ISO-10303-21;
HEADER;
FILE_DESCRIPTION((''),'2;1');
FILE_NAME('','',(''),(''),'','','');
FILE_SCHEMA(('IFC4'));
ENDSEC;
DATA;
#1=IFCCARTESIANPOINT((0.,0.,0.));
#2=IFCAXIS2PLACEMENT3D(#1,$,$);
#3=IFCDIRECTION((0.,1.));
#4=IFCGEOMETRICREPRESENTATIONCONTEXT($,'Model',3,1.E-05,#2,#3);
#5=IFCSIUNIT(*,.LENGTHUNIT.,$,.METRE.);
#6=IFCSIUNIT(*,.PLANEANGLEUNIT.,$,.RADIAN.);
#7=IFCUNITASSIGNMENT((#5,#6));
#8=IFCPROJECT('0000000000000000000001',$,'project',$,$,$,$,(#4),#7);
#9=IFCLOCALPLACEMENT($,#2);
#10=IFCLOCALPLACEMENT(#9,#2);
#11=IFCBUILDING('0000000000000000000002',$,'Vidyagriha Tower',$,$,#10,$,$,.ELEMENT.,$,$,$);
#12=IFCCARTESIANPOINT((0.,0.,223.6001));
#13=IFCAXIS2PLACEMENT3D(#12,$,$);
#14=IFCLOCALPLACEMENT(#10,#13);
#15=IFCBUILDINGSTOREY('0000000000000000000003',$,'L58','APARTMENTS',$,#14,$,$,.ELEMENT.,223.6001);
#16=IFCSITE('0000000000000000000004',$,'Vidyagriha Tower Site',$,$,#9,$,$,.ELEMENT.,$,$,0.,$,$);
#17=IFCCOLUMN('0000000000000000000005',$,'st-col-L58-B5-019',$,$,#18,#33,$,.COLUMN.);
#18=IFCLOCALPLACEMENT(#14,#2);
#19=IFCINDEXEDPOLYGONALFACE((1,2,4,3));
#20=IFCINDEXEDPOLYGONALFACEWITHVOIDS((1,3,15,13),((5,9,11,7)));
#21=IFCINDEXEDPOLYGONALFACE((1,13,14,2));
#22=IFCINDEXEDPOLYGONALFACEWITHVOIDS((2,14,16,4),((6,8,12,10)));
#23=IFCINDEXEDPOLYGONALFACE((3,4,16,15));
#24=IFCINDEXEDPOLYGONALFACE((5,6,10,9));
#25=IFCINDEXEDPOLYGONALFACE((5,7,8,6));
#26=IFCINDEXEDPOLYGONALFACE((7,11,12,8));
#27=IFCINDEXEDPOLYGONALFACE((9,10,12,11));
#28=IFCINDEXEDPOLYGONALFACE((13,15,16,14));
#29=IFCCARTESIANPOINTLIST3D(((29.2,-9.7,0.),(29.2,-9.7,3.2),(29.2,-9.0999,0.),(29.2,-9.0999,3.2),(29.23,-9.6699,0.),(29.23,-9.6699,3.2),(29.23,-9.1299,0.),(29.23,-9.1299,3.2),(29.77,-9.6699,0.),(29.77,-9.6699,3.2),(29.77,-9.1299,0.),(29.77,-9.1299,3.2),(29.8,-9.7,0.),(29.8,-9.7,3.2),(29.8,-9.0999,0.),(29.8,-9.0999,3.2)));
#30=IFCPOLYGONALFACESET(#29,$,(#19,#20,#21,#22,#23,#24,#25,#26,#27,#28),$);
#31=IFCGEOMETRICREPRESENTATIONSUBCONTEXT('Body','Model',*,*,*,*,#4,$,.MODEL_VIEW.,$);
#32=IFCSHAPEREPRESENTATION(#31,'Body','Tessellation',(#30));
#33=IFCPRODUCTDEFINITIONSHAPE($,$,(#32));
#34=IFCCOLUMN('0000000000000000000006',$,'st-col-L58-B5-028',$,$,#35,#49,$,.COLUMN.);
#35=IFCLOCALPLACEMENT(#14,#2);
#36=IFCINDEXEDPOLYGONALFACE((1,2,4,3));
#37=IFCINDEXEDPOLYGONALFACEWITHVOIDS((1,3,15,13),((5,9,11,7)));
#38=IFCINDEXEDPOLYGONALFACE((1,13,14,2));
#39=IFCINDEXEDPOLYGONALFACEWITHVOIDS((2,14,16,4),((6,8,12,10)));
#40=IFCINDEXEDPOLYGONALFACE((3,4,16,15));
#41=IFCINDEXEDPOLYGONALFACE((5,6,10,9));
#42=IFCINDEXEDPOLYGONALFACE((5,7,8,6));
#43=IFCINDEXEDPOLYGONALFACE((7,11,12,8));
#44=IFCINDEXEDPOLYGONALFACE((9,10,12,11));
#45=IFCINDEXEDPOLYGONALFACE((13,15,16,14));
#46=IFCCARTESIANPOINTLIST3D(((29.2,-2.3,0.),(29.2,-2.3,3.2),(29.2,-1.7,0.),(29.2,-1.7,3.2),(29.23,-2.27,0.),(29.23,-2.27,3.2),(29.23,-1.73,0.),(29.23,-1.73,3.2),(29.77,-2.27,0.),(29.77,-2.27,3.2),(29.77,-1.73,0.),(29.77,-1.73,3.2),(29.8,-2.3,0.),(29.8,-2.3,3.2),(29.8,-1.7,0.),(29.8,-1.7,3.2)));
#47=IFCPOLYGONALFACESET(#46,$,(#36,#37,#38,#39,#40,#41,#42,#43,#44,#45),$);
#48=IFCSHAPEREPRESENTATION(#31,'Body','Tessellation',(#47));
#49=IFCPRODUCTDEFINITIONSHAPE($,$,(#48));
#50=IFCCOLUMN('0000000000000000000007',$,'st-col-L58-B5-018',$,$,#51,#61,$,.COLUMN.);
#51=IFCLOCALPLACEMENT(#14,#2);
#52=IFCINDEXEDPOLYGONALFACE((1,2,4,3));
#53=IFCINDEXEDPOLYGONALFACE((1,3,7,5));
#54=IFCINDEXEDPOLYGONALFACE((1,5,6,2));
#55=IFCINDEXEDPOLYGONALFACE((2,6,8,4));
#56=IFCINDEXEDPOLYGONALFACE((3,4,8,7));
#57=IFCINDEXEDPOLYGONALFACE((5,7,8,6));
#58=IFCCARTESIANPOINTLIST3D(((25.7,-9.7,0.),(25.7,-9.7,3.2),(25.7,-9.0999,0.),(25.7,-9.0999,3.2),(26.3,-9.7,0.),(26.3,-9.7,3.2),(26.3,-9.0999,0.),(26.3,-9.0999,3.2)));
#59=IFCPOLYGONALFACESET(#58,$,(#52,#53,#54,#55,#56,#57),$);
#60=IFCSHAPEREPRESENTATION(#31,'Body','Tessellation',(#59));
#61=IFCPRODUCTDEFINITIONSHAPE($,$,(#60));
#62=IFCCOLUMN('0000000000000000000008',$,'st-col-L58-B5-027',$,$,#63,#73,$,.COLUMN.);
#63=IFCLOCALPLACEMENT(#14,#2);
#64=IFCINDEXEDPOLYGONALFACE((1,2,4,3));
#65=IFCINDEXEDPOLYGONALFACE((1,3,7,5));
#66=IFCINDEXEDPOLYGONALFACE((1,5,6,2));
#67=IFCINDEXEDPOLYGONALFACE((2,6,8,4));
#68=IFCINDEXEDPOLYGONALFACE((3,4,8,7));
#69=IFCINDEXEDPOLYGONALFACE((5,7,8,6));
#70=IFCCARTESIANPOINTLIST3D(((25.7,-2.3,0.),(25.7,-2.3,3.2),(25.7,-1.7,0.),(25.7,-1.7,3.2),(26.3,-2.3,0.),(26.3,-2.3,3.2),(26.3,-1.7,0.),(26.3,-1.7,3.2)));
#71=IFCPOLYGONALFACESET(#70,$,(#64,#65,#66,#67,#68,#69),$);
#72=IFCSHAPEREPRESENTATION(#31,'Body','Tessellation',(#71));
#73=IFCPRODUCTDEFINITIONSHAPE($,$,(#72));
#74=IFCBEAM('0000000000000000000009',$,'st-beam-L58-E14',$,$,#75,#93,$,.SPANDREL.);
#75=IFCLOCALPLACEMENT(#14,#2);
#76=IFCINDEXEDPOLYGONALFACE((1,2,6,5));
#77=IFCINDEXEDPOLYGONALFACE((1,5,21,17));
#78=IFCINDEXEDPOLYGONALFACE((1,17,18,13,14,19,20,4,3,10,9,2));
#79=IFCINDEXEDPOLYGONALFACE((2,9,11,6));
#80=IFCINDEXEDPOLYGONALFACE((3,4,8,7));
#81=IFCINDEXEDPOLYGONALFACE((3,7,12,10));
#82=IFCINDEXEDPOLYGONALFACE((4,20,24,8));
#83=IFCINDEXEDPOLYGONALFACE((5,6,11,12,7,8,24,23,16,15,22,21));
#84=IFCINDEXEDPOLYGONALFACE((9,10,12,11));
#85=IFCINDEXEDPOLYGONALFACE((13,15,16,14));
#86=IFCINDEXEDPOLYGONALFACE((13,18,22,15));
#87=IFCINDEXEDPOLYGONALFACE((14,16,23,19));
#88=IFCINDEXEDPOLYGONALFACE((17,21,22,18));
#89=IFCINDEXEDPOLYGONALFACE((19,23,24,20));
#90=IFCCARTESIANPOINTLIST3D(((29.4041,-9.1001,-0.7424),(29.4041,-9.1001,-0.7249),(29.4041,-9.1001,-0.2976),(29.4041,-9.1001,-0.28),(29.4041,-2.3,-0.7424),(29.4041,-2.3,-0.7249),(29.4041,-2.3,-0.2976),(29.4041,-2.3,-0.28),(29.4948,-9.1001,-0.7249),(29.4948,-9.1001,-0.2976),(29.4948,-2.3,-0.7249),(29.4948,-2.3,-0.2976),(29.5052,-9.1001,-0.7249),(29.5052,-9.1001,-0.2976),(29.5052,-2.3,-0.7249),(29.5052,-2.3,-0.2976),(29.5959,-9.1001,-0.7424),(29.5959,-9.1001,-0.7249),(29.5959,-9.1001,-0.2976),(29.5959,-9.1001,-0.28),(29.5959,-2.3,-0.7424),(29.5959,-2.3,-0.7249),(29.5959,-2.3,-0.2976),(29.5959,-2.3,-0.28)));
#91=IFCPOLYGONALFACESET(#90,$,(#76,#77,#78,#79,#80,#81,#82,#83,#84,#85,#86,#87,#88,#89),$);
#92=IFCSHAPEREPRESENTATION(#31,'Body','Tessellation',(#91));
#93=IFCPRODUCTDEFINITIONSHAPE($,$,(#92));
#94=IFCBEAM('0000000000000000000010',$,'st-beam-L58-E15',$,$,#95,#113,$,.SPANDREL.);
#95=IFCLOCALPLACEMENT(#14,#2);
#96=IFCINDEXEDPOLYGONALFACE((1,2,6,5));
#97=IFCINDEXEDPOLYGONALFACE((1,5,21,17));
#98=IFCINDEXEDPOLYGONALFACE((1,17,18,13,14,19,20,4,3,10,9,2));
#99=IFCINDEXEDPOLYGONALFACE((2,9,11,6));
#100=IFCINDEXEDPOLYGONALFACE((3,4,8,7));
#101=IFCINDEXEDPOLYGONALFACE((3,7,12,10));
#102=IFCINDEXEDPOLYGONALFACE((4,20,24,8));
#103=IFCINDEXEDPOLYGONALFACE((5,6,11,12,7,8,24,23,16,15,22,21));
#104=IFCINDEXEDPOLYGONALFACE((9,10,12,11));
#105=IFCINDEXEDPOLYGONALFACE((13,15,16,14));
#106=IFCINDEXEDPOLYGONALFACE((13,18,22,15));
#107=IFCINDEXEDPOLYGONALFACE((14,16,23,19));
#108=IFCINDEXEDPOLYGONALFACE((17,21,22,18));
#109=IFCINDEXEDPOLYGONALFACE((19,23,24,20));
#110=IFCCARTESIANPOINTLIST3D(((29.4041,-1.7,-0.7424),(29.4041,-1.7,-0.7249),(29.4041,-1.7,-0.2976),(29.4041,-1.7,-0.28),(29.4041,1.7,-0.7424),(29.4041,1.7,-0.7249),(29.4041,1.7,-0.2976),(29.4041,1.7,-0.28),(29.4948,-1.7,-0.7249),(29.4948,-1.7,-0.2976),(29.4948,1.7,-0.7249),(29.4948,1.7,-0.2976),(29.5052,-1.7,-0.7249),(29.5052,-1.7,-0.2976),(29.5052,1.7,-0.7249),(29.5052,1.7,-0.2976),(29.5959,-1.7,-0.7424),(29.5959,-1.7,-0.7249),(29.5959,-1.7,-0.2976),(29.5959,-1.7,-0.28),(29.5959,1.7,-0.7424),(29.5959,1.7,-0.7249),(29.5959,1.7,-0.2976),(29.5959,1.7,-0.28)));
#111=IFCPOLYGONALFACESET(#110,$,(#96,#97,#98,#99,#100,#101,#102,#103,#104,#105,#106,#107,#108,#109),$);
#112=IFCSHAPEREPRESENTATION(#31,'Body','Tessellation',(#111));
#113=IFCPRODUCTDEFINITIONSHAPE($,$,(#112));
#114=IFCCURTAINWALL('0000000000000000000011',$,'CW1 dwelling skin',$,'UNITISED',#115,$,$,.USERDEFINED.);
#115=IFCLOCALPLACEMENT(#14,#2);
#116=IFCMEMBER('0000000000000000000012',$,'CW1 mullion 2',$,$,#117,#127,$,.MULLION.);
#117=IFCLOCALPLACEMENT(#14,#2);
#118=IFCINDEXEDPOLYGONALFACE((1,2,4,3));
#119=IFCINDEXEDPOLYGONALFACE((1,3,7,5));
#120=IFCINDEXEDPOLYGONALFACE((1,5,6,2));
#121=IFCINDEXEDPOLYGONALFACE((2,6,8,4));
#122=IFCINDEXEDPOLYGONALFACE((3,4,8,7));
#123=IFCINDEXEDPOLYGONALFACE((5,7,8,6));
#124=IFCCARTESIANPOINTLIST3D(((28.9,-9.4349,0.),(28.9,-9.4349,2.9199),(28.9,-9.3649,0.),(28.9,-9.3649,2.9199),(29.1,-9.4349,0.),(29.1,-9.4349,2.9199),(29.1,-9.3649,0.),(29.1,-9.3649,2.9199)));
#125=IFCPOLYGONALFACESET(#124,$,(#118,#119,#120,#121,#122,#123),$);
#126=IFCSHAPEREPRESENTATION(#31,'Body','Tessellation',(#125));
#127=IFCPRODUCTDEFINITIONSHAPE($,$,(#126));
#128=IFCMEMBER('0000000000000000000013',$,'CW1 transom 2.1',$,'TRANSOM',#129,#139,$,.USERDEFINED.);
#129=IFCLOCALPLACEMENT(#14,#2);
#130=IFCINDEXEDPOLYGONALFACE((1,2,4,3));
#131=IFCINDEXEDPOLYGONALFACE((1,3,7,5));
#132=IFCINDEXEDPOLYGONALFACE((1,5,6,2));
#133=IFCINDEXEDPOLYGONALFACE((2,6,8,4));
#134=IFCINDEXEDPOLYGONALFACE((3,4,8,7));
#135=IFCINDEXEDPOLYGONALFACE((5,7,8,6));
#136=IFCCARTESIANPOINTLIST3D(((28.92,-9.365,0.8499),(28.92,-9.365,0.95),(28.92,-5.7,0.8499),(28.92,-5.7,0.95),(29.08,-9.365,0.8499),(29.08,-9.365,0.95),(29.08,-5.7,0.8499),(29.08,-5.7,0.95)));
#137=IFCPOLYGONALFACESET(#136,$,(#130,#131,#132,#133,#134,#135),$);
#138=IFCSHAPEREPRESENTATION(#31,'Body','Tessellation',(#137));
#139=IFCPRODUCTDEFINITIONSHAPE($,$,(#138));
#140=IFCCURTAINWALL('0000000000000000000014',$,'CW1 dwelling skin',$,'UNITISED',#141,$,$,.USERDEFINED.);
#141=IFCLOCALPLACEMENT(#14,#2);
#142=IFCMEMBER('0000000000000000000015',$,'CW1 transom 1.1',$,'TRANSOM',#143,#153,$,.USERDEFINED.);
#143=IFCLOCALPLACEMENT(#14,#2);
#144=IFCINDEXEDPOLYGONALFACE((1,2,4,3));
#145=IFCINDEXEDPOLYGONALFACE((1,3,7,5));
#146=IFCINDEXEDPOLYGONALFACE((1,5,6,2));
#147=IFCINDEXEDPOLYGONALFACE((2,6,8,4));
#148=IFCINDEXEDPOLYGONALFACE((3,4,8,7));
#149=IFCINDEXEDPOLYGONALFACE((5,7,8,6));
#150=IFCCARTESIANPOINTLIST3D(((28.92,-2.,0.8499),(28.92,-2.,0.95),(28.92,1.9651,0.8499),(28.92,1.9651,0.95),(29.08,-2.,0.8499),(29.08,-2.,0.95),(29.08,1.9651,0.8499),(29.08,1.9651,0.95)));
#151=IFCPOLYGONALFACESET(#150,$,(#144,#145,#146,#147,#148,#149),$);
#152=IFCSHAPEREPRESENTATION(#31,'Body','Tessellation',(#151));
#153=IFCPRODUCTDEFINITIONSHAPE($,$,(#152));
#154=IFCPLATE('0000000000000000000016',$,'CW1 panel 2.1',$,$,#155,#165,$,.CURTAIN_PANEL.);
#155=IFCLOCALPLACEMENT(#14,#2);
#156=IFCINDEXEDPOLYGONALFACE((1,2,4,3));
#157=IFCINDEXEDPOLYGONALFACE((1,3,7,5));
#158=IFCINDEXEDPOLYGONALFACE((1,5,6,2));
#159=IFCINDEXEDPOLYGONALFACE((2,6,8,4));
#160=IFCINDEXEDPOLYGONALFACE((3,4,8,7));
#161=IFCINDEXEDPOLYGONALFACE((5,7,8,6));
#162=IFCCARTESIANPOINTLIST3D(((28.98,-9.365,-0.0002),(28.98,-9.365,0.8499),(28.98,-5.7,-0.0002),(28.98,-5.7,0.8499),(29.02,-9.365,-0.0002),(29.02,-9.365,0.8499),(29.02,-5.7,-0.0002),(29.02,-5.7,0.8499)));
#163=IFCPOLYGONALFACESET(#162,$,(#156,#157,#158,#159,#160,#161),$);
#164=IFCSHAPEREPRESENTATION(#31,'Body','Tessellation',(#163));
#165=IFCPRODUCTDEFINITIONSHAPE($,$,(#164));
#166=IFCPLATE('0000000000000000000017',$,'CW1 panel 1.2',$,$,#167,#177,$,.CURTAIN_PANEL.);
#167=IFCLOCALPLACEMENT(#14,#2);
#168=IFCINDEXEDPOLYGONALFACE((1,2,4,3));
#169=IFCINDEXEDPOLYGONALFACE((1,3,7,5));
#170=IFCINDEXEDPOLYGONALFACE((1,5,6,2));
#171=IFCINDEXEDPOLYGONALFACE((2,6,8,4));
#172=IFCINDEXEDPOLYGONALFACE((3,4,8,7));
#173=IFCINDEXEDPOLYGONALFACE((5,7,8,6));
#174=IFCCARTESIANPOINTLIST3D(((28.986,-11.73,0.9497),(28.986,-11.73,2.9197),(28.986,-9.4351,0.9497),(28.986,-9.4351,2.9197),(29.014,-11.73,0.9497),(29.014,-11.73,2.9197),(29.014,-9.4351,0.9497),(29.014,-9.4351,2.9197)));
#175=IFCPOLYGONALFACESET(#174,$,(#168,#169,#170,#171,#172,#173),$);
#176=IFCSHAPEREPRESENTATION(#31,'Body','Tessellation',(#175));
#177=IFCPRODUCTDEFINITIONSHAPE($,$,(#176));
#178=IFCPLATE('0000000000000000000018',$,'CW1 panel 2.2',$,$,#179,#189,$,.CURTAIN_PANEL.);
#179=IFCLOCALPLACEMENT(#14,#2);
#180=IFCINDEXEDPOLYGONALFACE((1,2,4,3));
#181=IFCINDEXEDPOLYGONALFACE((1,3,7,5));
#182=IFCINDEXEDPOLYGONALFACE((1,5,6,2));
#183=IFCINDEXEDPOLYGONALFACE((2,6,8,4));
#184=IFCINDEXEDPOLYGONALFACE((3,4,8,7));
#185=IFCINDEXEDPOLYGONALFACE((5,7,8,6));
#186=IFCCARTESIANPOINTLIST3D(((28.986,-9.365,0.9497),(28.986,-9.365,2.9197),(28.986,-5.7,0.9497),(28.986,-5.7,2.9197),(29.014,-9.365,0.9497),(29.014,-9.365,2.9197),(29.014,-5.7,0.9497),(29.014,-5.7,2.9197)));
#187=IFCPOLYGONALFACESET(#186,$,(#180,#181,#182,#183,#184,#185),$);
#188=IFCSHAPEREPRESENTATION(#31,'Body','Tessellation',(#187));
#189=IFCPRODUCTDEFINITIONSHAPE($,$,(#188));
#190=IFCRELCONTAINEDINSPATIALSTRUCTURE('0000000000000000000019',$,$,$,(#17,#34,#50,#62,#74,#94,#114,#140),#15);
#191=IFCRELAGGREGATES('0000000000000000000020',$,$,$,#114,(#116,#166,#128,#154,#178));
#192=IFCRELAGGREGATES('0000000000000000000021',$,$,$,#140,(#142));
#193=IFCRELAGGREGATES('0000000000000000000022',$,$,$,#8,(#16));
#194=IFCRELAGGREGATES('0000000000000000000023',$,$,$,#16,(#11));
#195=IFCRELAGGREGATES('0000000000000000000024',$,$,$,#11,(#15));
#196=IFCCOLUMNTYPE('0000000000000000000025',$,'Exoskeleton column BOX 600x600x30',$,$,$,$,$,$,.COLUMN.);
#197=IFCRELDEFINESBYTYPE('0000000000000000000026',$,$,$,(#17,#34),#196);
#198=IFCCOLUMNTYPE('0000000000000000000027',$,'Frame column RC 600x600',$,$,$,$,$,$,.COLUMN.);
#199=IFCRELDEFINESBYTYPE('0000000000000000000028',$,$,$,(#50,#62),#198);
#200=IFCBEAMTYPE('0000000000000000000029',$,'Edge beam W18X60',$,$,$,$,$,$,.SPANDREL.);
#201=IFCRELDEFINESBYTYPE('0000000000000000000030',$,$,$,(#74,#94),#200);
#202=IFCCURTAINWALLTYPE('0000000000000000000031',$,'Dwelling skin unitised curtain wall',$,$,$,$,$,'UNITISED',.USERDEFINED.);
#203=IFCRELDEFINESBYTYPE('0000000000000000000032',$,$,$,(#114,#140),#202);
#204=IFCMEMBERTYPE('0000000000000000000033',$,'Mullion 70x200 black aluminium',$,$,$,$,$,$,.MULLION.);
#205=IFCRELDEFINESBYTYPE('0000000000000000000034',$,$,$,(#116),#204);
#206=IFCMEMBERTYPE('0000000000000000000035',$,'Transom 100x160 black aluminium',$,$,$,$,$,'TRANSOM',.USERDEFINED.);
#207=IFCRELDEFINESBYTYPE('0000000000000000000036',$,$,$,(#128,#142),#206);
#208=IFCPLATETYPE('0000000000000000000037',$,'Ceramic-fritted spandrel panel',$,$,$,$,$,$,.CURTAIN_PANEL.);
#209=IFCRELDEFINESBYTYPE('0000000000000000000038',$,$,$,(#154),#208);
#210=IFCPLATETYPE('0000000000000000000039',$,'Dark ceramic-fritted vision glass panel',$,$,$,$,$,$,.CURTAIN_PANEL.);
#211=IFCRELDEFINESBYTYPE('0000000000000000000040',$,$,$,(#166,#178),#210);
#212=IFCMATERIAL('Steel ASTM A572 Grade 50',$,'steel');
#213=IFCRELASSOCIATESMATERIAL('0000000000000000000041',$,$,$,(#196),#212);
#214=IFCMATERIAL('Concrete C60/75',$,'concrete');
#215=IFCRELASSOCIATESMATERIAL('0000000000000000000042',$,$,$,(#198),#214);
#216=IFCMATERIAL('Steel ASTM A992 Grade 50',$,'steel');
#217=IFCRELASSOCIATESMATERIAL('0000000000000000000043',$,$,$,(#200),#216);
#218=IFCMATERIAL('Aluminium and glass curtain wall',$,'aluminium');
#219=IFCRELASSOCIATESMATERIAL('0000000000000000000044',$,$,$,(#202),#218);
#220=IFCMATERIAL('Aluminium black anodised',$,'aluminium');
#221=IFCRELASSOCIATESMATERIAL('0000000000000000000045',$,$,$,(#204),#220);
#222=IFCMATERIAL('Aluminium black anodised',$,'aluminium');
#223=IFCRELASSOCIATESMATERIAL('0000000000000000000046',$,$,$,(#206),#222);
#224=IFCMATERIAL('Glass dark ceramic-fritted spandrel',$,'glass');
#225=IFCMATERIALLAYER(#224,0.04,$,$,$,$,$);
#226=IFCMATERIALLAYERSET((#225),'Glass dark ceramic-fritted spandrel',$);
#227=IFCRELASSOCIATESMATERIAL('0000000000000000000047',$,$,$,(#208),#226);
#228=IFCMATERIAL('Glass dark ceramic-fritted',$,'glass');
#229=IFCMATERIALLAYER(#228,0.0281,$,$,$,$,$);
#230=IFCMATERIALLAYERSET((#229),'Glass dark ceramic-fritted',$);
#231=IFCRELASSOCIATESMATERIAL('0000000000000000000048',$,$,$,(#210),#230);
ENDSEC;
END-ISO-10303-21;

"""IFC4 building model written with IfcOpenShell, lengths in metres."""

from ifc_helpers import new_model, si_unit, direction, frame, origin, origin_2d, place, context, subcontext, project, spatial, rectangle, hollow_rectangle, i_section, extrude, material, layer, layer_set, material_profile, profile_set, type_object, element, aggregate, save


model = new_model("IFC4")

# Units and contexts
model_context = context("Model", 3, precision=1e-05, world=origin(), true_north=direction((0.0, 1.0)))
body_context = subcontext(model_context, "Body", "Model", "MODEL_VIEW")
ifc_project = project(units=[si_unit("LENGTHUNIT", "METRE"), si_unit("PLANEANGLEUNIT", "RADIAN")], contexts=[model_context])

# Site, building, storey
site_placement = place(None, origin())
site = spatial("IfcSite", under=ifc_project, at=site_placement, Name="Vidyagriha Tower Site", CompositionType="ELEMENT", RefElevation=0.0)
building_placement = place(site_placement, origin())
building = spatial("IfcBuilding", under=site, at=building_placement, Name="Vidyagriha Tower", CompositionType="ELEMENT")
storey_placement = place(building_placement, frame((0.0, 0.0, 223.6001)))
storey = spatial("IfcBuildingStorey", under=building, at=storey_placement, Name="L58", Description="APARTMENTS", CompositionType="ELEMENT", Elevation=223.6001)

# Columns
ifc_material_1 = material(Name="Steel ASTM A572 Grade 50", Category="steel")
ifc_material_profile_1 = material_profile(ifc_material_1, hollow_rectangle(XDim=0.6001, YDim=0.6001, WallThickness=0.03, at=origin_2d()), Name="BOX 600x600x30")
ifc_profile_set_1 = profile_set([ifc_material_profile_1], Name="Steel ASTM A572 Grade 50")
column_type_1 = type_object("IfcColumnType", Name="Exoskeleton column BOX 600x600x30", PredefinedType="COLUMN", material=ifc_profile_set_1)
for number, where, name in (
    (1, (29.5, -9.3999, 0.0), "st-col-L58-B5-019"),
    (2, (29.5, -2.0, 0.0), "st-col-L58-B5-028"),
):
    element("IfcColumn", number, at=place(storey_placement, frame(where)), inside=storey, type_object=column_type_1, Name=name, PredefinedType="COLUMN", context=body_context, shape_type="SweptSolid", body=[
        extrude(hollow_rectangle(XDim=0.6001, YDim=0.6001, WallThickness=0.03, at=origin_2d()), origin(), (0.0, 0.0, 1.0), 3.2),
    ])
ifc_material_2 = material(Name="Concrete C60/75", Category="concrete")
ifc_material_profile_2 = material_profile(ifc_material_2, rectangle(XDim=0.6001, YDim=0.6001, at=origin_2d()), Name="RC 600x600")
ifc_profile_set_2 = profile_set([ifc_material_profile_2], Name="Concrete C60/75")
column_type_2 = type_object("IfcColumnType", Name="Frame column RC 600x600", PredefinedType="COLUMN", material=ifc_profile_set_2)
for number, where, name in (
    (3, (26.0, -9.3999, 0.0), "st-col-L58-B5-018"),
    (4, (26.0, -2.0, 0.0), "st-col-L58-B5-027"),
):
    element("IfcColumn", number, at=place(storey_placement, frame(where)), inside=storey, type_object=column_type_2, Name=name, PredefinedType="COLUMN", context=body_context, shape_type="SweptSolid", body=[
        extrude(rectangle(XDim=0.6001, YDim=0.6001, at=origin_2d()), origin(), (0.0, 0.0, 1.0), 3.2),
    ])

# Beams
ifc_material_3 = material(Name="Steel ASTM A992 Grade 50", Category="steel")
ifc_material_profile_3 = material_profile(ifc_material_3, i_section(OverallWidth=0.1919, OverallDepth=0.4624, WebThickness=0.0105, FlangeThickness=0.0176, at=origin_2d()), Name="W18X60")
ifc_profile_set_3 = profile_set([ifc_material_profile_3], Name="Steel ASTM A992 Grade 50")
beam_type = type_object("IfcBeamType", Name="Edge beam W18X60", PredefinedType="SPANDREL", material=ifc_profile_set_3)
beam_1_placement = place(storey_placement, frame((29.5, -9.1001, -0.5112), z_axis=(0.0, 1.0, 0.0), x_axis=(-1.0, 0.0, 0.0)))
element("IfcBeam", 5, at=beam_1_placement, inside=storey, type_object=beam_type, Name="st-beam-L58-E14", PredefinedType="SPANDREL", context=body_context, shape_type="SweptSolid", body=[
    extrude(i_section(OverallWidth=0.1919, OverallDepth=0.4624, WebThickness=0.0105, FlangeThickness=0.0176, at=origin_2d()), origin(), (0.0, 0.0, 1.0), 6.8),
])
beam_2_placement = place(storey_placement, frame((29.5, -1.7, -0.5112), z_axis=(0.0, 1.0, 0.0), x_axis=(-1.0, 0.0, 0.0)))
element("IfcBeam", 6, at=beam_2_placement, inside=storey, type_object=beam_type, Name="st-beam-L58-E15", PredefinedType="SPANDREL", context=body_context, shape_type="SweptSolid", body=[
    extrude(i_section(OverallWidth=0.1919, OverallDepth=0.4624, WebThickness=0.0105, FlangeThickness=0.0176, at=origin_2d()), origin(), (0.0, 0.0, 1.0), 3.3999),
])

# Curtain wall, members
ifc_material_4 = material(Name="Aluminium and glass curtain wall", Category="aluminium")
curtain_wall_type = type_object("IfcCurtainWallType", Name="Dwelling skin unitised curtain wall", ElementType="UNITISED", PredefinedType="USERDEFINED", material=ifc_material_4)
curtain_wall_1_placement = place(storey_placement, origin())
curtain_wall_1 = element("IfcCurtainWall", 7, at=curtain_wall_1_placement, inside=storey, type_object=curtain_wall_type, Name="CW1 dwelling skin", ObjectType="UNITISED", PredefinedType="USERDEFINED")
ifc_material_5 = material(Name="Aluminium black anodised", Category="aluminium")
ifc_material_profile_4 = material_profile(ifc_material_5, rectangle(XDim=0.2, YDim=0.0701, at=origin_2d()), Name="Mullion 70x200 black aluminium")
ifc_profile_set_4 = profile_set([ifc_material_profile_4], Name="Aluminium black anodised")
member_type_1 = type_object("IfcMemberType", Name="Mullion 70x200 black aluminium", PredefinedType="MULLION", material=ifc_profile_set_4)
member_1_placement = place(storey_placement, frame((29.0, -9.3999, 0.0), z_axis=(0.0, 0.0, 1.0), x_axis=(-1.0, 0.0, 0.0)))
member_1 = element("IfcMember", 8, at=member_1_placement, type_object=member_type_1, Name="CW1 mullion 2", PredefinedType="MULLION", context=body_context, shape_type="SweptSolid", body=[
    extrude(rectangle(XDim=0.2, YDim=0.0701, at=origin_2d()), origin(), (0.0, 0.0, 1.0), 2.9199),
])
ifc_material_6 = material(Name="Aluminium black anodised", Category="aluminium")
ifc_material_profile_5 = material_profile(ifc_material_6, rectangle(XDim=0.1599, YDim=0.1001, at=origin_2d()), Name="Transom 100x160 black aluminium")
ifc_profile_set_5 = profile_set([ifc_material_profile_5], Name="Aluminium black anodised")
member_type_2 = type_object("IfcMemberType", Name="Transom 100x160 black aluminium", ElementType="TRANSOM", PredefinedType="USERDEFINED", material=ifc_profile_set_5)
member_2_placement = place(storey_placement, frame((29.0, -9.365, 0.8999), z_axis=(0.0, 1.0, 0.0), x_axis=(-1.0, 0.0, 0.0)))
member_2 = element("IfcMember", 9, at=member_2_placement, type_object=member_type_2, Name="CW1 transom 2.1", ObjectType="TRANSOM", PredefinedType="USERDEFINED", context=body_context, shape_type="SweptSolid", body=[
    extrude(rectangle(XDim=0.1599, YDim=0.1001, at=origin_2d()), origin(), (0.0, 0.0, 1.0), 3.665),
])

# Curtain wall, member
curtain_wall_2_placement = place(storey_placement, origin())
curtain_wall_2 = element("IfcCurtainWall", 10, at=curtain_wall_2_placement, inside=storey, type_object=curtain_wall_type, Name="CW1 dwelling skin", ObjectType="UNITISED", PredefinedType="USERDEFINED")
member_3_placement = place(storey_placement, frame((29.0, -2.0, 0.8999), z_axis=(0.0, 1.0, 0.0), x_axis=(-1.0, 0.0, 0.0)))
member_3 = element("IfcMember", 11, at=member_3_placement, type_object=member_type_2, Name="CW1 transom 1.1", ObjectType="TRANSOM", PredefinedType="USERDEFINED", context=body_context, shape_type="SweptSolid", body=[
    extrude(rectangle(XDim=0.1599, YDim=0.1001, at=origin_2d()), origin(), (0.0, 0.0, 1.0), 3.9651),
])

# Plates
ifc_material_7 = material(Name="Glass dark ceramic-fritted spandrel", Category="glass")
ifc_layer_1 = layer(ifc_material_7, 0.04)
ifc_layer_set_1 = layer_set([ifc_layer_1], Name="Glass dark ceramic-fritted spandrel")
plate_type_1 = type_object("IfcPlateType", Name="Ceramic-fritted spandrel panel", PredefinedType="CURTAIN_PANEL", material=ifc_layer_set_1)
plate_1_placement = place(storey_placement, frame((29.0, -7.5325, -0.0002), z_axis=(0.0, 0.0, 1.0), x_axis=(0.0, 1.0, 0.0)))
plate_1 = element("IfcPlate", 12, at=plate_1_placement, type_object=plate_type_1, Name="CW1 panel 2.1", PredefinedType="CURTAIN_PANEL", context=body_context, shape_type="SweptSolid", body=[
    extrude(rectangle(XDim=3.665, YDim=0.04, at=origin_2d()), origin(), (0.0, 0.0, 1.0), 0.8501),
])
ifc_material_8 = material(Name="Glass dark ceramic-fritted", Category="glass")
ifc_layer_2 = layer(ifc_material_8, 0.0281)
ifc_layer_set_2 = layer_set([ifc_layer_2], Name="Glass dark ceramic-fritted")
plate_type_2 = type_object("IfcPlateType", Name="Dark ceramic-fritted vision glass panel", PredefinedType="CURTAIN_PANEL", material=ifc_layer_set_2)
plate_2_placement = place(storey_placement, frame((29.0, -10.5825, 0.9497), z_axis=(0.0, 0.0, 1.0), x_axis=(0.0, 1.0, 0.0)))
plate_2 = element("IfcPlate", 13, at=plate_2_placement, type_object=plate_type_2, Name="CW1 panel 1.2", PredefinedType="CURTAIN_PANEL", context=body_context, shape_type="SweptSolid", body=[
    extrude(rectangle(XDim=2.2949, YDim=0.0281, at=origin_2d()), origin(), (0.0, 0.0, 1.0), 1.97),
])
plate_3_placement = place(storey_placement, frame((29.0, -7.5325, 0.9497), z_axis=(0.0, 0.0, 1.0), x_axis=(0.0, 1.0, 0.0)))
plate_3 = element("IfcPlate", 14, at=plate_3_placement, type_object=plate_type_2, Name="CW1 panel 2.2", PredefinedType="CURTAIN_PANEL", context=body_context, shape_type="SweptSolid", body=[
    extrude(rectangle(XDim=3.665, YDim=0.0281, at=origin_2d()), origin(), (0.0, 0.0, 1.0), 1.97),
])
aggregate(curtain_wall_1, [member_1, plate_2, member_2, plate_1, plate_3])
aggregate(curtain_wall_2, [member_3])

save(model, "model.ifc")
